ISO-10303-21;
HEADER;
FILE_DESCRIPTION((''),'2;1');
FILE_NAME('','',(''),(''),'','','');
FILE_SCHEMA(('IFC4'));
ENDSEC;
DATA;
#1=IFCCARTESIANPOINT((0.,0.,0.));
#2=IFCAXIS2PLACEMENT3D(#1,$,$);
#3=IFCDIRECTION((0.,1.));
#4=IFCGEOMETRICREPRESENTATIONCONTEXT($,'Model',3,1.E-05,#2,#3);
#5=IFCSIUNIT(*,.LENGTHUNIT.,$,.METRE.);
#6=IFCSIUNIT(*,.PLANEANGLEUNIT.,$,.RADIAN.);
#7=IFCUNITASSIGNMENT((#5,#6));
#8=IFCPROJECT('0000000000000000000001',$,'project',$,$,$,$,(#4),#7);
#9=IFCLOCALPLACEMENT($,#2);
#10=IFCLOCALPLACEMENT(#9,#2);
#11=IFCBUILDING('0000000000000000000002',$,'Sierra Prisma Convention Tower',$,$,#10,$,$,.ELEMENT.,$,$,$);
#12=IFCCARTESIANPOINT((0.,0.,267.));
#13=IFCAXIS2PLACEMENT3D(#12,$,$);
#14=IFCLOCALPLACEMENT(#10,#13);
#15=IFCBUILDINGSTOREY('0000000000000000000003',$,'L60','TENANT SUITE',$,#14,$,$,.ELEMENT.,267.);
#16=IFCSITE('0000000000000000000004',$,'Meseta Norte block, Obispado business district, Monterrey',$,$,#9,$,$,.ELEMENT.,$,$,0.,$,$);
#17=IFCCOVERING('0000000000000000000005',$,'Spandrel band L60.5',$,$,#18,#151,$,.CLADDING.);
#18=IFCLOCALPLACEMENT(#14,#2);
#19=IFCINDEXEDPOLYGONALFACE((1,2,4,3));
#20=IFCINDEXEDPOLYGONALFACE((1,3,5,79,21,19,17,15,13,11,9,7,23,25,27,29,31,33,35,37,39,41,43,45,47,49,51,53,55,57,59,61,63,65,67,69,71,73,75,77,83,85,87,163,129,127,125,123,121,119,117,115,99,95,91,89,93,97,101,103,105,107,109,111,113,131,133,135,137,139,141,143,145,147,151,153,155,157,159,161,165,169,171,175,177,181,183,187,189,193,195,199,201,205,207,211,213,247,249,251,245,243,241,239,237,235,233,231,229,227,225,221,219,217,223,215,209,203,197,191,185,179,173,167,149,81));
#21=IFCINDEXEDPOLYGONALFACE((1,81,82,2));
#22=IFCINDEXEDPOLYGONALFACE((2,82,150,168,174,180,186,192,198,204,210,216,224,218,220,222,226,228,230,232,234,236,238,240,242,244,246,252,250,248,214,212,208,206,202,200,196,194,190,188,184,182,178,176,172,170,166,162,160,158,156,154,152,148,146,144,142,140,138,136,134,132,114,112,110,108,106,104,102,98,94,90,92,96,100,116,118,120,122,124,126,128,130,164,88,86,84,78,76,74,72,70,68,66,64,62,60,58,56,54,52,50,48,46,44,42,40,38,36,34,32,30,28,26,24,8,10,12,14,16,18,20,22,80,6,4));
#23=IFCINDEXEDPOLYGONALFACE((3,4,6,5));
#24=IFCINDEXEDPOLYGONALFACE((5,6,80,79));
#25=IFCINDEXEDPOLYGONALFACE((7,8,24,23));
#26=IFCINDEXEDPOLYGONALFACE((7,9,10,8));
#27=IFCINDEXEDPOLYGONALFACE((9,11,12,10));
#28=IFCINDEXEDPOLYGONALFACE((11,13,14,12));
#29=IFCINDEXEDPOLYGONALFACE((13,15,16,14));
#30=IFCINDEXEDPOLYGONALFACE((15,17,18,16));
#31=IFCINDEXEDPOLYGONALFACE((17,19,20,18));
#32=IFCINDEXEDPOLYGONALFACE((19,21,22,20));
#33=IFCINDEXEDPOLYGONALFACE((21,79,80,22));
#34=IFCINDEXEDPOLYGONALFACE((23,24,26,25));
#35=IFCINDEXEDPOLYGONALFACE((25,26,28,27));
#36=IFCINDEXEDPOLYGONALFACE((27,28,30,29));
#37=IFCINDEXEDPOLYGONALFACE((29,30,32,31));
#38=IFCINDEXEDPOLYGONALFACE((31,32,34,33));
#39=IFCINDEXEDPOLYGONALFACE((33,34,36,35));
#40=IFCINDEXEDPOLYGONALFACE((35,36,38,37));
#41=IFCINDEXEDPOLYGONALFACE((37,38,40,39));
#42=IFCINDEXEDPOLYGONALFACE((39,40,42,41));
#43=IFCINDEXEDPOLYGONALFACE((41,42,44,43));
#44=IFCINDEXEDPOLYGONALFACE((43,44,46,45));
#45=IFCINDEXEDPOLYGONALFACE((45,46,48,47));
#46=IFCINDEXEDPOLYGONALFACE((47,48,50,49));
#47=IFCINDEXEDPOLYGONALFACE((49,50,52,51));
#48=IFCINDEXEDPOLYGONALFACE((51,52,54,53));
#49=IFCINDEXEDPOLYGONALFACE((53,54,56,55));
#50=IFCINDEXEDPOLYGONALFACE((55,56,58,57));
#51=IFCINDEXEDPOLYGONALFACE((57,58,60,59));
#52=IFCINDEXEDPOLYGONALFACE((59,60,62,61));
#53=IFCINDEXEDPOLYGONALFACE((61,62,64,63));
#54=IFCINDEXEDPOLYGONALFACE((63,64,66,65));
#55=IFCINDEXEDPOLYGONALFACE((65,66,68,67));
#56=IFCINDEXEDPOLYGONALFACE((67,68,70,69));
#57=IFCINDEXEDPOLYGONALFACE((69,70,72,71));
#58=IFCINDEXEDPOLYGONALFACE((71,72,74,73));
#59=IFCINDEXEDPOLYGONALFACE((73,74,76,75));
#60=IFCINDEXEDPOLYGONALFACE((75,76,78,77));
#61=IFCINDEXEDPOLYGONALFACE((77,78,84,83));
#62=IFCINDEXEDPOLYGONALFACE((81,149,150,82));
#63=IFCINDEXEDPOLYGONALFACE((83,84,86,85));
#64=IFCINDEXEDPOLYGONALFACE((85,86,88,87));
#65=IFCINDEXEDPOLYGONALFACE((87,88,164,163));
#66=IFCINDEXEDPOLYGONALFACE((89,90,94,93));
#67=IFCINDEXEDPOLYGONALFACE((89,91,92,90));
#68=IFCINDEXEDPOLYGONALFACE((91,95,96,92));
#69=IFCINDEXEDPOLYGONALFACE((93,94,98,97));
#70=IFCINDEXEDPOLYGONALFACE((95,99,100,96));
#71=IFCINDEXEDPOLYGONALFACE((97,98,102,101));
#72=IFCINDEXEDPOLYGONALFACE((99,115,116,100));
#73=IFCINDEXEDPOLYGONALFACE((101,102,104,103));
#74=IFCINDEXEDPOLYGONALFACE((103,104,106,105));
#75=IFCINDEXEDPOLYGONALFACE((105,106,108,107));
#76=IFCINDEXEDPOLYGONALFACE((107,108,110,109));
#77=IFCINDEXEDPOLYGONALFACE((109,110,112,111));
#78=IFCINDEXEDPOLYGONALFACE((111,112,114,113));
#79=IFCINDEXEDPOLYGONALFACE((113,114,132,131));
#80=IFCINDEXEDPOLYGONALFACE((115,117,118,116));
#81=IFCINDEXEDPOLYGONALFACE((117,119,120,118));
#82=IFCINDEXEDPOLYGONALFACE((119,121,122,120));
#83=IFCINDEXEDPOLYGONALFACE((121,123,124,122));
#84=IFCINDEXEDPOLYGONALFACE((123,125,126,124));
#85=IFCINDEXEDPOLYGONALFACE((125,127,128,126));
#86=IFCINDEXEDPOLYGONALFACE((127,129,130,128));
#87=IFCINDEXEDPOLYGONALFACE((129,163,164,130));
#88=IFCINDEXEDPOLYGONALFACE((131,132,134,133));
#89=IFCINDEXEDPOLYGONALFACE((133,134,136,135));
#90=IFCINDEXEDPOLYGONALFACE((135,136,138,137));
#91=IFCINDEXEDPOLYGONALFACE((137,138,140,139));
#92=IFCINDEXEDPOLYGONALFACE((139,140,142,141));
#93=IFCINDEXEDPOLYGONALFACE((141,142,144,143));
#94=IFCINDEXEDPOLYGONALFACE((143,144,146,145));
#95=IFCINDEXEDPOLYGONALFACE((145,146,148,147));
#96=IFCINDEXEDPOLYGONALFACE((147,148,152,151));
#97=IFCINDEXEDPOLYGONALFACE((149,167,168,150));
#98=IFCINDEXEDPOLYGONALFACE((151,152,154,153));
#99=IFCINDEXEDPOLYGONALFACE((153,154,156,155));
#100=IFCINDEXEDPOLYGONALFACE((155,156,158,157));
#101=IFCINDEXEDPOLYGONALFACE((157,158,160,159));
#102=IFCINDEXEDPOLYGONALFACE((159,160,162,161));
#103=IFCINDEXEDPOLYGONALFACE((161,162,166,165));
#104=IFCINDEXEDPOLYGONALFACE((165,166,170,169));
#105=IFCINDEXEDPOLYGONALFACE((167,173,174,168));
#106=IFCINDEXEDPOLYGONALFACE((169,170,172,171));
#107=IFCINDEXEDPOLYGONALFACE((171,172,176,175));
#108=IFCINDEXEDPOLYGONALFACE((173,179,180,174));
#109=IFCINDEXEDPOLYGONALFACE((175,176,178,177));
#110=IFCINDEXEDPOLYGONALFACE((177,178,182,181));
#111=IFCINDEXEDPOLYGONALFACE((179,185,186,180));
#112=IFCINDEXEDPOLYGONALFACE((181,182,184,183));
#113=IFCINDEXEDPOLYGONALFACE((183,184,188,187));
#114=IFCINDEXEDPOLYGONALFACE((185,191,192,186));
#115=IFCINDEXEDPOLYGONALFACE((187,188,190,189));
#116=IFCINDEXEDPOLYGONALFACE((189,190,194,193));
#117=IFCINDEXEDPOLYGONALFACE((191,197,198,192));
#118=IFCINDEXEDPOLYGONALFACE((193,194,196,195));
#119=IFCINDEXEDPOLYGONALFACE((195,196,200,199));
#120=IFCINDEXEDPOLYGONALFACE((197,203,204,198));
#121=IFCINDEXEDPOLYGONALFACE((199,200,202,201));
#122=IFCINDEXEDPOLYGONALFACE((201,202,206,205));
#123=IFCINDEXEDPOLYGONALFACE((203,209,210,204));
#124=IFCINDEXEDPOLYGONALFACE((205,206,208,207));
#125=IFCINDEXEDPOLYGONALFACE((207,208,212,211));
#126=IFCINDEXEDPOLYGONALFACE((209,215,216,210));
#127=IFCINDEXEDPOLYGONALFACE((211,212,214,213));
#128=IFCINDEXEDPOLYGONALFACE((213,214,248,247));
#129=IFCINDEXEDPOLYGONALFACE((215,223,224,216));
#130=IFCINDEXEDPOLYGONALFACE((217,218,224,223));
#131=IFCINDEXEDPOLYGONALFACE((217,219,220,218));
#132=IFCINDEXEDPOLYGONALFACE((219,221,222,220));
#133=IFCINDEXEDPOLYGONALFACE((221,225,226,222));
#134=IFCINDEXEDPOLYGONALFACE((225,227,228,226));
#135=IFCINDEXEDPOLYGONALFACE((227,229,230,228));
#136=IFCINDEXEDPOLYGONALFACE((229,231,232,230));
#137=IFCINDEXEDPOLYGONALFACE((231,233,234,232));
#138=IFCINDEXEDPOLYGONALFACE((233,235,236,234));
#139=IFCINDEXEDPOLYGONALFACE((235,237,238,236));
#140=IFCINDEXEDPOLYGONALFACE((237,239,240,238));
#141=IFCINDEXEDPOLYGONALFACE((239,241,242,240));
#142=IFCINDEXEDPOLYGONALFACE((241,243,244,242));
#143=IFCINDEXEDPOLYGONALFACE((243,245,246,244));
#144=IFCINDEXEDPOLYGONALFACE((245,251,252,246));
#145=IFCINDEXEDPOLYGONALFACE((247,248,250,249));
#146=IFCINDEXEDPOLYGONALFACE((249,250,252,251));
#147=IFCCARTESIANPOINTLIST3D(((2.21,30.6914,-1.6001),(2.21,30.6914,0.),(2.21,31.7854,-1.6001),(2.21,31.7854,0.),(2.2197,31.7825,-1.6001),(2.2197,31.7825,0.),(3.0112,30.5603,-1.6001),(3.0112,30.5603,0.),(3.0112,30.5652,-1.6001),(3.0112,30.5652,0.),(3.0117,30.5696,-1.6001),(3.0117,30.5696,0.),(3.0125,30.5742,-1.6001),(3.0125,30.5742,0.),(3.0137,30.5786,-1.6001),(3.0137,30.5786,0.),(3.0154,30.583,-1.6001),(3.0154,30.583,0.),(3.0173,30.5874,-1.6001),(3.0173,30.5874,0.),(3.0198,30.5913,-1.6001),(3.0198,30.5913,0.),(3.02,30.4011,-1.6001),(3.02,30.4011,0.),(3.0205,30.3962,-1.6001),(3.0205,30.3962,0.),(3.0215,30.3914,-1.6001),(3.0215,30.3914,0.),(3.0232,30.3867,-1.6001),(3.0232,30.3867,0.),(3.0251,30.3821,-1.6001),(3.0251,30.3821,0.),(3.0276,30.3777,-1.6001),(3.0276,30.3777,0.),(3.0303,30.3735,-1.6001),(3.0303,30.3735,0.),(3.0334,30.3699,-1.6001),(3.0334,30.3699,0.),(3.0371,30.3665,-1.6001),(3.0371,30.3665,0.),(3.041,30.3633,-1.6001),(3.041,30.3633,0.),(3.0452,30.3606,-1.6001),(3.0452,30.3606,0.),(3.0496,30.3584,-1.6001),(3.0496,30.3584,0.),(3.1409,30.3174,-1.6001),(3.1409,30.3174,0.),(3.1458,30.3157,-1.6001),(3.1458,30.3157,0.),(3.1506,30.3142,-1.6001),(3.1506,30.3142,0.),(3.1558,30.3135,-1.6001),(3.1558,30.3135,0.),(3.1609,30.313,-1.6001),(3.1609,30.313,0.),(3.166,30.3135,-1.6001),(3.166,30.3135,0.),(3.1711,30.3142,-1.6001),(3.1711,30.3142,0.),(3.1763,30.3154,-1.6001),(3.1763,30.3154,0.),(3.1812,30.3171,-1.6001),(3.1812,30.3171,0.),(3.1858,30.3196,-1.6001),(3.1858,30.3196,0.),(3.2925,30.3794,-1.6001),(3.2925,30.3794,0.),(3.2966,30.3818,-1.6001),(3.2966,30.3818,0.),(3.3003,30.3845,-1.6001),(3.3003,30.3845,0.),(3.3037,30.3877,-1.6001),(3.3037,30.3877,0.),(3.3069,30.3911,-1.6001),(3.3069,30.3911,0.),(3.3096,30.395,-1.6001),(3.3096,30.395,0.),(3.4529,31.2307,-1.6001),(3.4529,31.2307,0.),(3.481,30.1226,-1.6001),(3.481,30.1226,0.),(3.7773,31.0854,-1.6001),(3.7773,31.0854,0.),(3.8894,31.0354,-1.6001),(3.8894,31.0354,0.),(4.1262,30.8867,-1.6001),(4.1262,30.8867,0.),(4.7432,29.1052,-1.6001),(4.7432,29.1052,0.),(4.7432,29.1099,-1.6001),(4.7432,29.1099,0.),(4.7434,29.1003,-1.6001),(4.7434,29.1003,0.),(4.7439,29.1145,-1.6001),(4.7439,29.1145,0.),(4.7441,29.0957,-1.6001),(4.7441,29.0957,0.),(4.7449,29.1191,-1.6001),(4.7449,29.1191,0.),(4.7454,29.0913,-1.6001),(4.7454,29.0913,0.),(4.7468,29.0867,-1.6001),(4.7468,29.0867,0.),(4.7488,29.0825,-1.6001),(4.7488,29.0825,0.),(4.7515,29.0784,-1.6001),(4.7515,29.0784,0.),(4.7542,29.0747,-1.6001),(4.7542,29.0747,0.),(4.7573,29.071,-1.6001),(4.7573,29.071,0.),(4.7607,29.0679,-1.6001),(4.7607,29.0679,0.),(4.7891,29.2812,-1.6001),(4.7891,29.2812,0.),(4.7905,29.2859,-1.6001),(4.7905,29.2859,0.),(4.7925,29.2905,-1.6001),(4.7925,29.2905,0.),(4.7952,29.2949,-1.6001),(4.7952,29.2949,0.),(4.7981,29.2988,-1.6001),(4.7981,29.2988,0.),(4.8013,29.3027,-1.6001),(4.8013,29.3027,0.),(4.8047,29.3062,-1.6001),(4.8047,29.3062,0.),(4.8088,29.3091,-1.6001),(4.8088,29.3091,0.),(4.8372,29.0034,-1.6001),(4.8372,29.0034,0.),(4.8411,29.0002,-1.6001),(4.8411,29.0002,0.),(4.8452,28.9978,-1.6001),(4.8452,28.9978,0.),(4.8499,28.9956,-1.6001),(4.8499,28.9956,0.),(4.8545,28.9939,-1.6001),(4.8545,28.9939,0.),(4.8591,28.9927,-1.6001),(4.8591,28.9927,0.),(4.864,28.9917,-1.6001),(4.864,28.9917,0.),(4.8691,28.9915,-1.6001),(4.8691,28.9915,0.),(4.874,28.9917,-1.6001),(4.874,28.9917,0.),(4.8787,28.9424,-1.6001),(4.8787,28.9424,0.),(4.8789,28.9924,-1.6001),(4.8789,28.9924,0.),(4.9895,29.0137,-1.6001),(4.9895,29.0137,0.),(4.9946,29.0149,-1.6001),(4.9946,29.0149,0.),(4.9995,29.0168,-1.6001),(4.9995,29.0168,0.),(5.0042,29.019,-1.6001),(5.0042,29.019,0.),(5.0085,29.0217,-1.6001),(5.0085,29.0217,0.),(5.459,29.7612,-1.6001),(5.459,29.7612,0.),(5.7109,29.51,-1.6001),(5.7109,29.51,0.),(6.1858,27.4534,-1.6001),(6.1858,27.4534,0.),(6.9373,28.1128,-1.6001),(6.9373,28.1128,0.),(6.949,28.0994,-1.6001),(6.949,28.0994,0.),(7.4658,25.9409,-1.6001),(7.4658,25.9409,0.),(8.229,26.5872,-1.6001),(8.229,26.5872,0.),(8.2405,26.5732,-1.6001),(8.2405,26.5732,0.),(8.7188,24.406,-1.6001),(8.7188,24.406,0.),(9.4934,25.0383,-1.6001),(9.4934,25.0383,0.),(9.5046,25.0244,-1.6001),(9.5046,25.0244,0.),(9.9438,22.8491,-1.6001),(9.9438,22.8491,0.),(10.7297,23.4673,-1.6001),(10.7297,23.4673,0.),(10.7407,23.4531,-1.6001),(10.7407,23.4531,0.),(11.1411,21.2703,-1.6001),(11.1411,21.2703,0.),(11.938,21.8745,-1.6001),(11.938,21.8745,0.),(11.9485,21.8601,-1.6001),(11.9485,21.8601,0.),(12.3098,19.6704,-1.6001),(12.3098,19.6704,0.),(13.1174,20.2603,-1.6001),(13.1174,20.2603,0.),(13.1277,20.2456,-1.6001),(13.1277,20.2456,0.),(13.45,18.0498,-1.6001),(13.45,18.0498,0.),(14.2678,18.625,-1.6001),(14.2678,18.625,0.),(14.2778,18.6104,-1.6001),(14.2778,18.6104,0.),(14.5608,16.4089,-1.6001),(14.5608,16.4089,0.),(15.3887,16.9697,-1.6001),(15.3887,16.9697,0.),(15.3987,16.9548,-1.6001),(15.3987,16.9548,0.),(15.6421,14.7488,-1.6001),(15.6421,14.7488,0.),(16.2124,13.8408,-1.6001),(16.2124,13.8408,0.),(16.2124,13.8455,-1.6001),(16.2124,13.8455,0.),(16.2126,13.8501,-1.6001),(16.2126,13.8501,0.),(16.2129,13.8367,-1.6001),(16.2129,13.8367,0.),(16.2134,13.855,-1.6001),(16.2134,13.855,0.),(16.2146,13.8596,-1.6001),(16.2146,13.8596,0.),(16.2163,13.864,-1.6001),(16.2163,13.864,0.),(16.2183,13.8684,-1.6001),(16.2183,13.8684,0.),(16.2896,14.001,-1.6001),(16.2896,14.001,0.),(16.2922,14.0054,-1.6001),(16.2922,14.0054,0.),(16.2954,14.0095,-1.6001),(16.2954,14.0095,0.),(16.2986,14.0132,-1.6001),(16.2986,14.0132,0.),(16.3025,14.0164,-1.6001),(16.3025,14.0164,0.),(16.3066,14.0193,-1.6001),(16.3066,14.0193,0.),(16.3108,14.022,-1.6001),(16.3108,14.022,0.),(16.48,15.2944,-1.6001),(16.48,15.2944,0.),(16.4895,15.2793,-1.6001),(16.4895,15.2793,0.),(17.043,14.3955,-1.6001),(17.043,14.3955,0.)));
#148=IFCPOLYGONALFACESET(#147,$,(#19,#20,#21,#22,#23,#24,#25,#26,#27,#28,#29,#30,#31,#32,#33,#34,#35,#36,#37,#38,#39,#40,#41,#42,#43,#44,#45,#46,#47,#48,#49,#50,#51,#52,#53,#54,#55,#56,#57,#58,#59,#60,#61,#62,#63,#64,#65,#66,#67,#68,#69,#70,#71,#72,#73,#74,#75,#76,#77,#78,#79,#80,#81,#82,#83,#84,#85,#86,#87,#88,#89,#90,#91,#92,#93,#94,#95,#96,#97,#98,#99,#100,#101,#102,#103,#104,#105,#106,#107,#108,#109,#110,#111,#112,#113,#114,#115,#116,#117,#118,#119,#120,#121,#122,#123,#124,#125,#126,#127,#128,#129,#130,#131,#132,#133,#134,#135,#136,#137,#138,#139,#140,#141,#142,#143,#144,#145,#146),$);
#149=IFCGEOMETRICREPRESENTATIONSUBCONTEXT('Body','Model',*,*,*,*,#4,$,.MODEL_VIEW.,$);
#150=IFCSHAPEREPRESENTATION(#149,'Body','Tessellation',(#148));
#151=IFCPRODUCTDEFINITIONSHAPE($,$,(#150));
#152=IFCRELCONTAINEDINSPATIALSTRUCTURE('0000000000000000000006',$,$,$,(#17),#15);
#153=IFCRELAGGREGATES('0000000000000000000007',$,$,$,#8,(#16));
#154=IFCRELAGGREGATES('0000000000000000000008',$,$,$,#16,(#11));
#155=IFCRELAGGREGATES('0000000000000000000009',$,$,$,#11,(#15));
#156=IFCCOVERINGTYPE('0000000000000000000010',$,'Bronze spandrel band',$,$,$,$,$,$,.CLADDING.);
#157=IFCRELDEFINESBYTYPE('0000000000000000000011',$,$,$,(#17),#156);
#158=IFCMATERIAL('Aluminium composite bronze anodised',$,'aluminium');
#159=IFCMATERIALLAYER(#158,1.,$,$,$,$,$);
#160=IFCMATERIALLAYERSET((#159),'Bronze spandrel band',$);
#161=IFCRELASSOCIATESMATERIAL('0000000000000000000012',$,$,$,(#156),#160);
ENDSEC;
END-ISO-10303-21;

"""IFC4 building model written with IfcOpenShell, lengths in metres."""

from ifc_helpers import new_model, si_unit, direction, frame, origin, place, context, subcontext, project, spatial, polyline, outline, extrude, material, layer, layer_set, type_object, element, save


model = new_model("IFC4")

# Units and contexts
model_context = context("Model", 3, precision=1e-05, world=origin(), true_north=direction((0.0, 1.0)))
body_context = subcontext(model_context, "Body", "Model", "MODEL_VIEW")
ifc_project = project(units=[si_unit("LENGTHUNIT", "METRE"), si_unit("PLANEANGLEUNIT", "RADIAN")], contexts=[model_context])

# Site, building, storey
site_placement = place(None, origin())
site = spatial("IfcSite", under=ifc_project, at=site_placement, Name="Meseta Norte block, Obispado business district, Monterrey", CompositionType="ELEMENT", RefElevation=0.0)
building_placement = place(site_placement, origin())
building = spatial("IfcBuilding", under=site, at=building_placement, Name="Sierra Prisma Convention Tower", CompositionType="ELEMENT")
storey_placement = place(building_placement, frame((0.0, 0.0, 267.0)))
storey = spatial("IfcBuildingStorey", under=building, at=storey_placement, Name="L60", Description="TENANT SUITE", CompositionType="ELEMENT", Elevation=267.0)

# Covering
ifc_material_1 = material(Name="Aluminium composite bronze anodised", Category="aluminium")
ifc_layer_1 = layer(ifc_material_1, 1.0)
ifc_layer_set_1 = layer_set([ifc_layer_1], Name="Bronze spandrel band")
covering_type_1 = type_object("IfcCoveringType", Name="Bronze spandrel band", PredefinedType="CLADDING", material=ifc_layer_set_1)
covering_1_placement = place(storey_placement, frame((0.0, 0.0, -1.6001)))
element("IfcCovering", 1, at=covering_1_placement, inside=storey, type_object=covering_type_1, Name="Spandrel band L60.5", PredefinedType="CLADDING", context=body_context, shape_type="SweptSolid", body=[
    extrude(outline(polyline([(3.0198, 30.5913), (3.0173, 30.5874), (3.0154, 30.583), (3.0137, 30.5786), (3.0125, 30.5742), (3.0117, 30.5696), (3.0112, 30.5652), (3.0112, 30.5603), (3.02, 30.4011), (3.0205, 30.3962), (3.0215, 30.3914), (3.0232, 30.3867), (3.0251, 30.3821), (3.0276, 30.3777), (3.0303, 30.3735), (3.0334, 30.3699), (3.0371, 30.3665), (3.041, 30.3633), (3.0452, 30.3606), (3.0496, 30.3584), (3.1409, 30.3174), (3.1458, 30.3157), (3.1506, 30.3142), (3.1558, 30.3135), (3.1609, 30.313), (3.166, 30.3135), (3.1711, 30.3142), (3.1763, 30.3154), (3.1812, 30.3171), (3.1858, 30.3196), (3.2925, 30.3794), (3.2966, 30.3818), (3.3003, 30.3845), (3.3037, 30.3877), (3.3069, 30.3911), (3.3096, 30.395), (3.7773, 31.0854), (3.8894, 31.0354), (4.1262, 30.8867), (5.459, 29.7612), (4.8088, 29.3091), (4.8047, 29.3062), (4.8013, 29.3027), (4.7981, 29.2988), (4.7952, 29.2949), (4.7925, 29.2905), (4.7905, 29.2859), (4.7891, 29.2812), (4.7449, 29.1191), (4.7439, 29.1145), (4.7432, 29.1099), (4.7432, 29.1052), (4.7434, 29.1003), (4.7441, 29.0957), (4.7454, 29.0913), (4.7468, 29.0867), (4.7488, 29.0825), (4.7515, 29.0784), (4.7542, 29.0747), (4.7573, 29.071), (4.7607, 29.0679), (4.8372, 29.0034), (4.8411, 29.0002), (4.8452, 28.9978), (4.8499, 28.9956), (4.8545, 28.9939), (4.8591, 28.9927), (4.864, 28.9917), (4.8691, 28.9915), (4.874, 28.9917), (4.8789, 28.9924), (4.9895, 29.0137), (4.9946, 29.0149), (4.9995, 29.0168), (5.0042, 29.019), (5.0085, 29.0217), (5.7109, 29.51), (6.9373, 28.1128), (6.949, 28.0994), (8.229, 26.5872), (8.2405, 26.5732), (9.4934, 25.0383), (9.5046, 25.0244), (10.7297, 23.4673), (10.7407, 23.4531), (11.938, 21.8745), (11.9485, 21.8601), (13.1174, 20.2603), (13.1277, 20.2456), (14.2678, 18.625), (14.2778, 18.6104), (15.3887, 16.9697), (15.3987, 16.9548), (16.48, 15.2944), (16.4895, 15.2793), (17.043, 14.3955), (16.3108, 14.022), (16.3066, 14.0193), (16.3025, 14.0164), (16.2986, 14.0132), (16.2954, 14.0095), (16.2922, 14.0054), (16.2896, 14.001), (16.2183, 13.8684), (16.2163, 13.864), (16.2146, 13.8596), (16.2134, 13.855), (16.2126, 13.8501), (16.2124, 13.8455), (16.2124, 13.8408), (16.2129, 13.8367), (15.6421, 14.7488), (14.5608, 16.4089), (13.45, 18.0498), (12.3098, 19.6704), (11.1411, 21.2703), (9.9438, 22.8491), (8.7188, 24.406), (7.4658, 25.9409), (6.1858, 27.4534), (4.8787, 28.9424), (3.481, 30.1226), (2.21, 30.6914), (2.21, 31.7854), (2.2197, 31.7825), (3.4529, 31.2307), (3.0198, 30.5913)])), origin(), (0.0, 0.0, 1.0), 1.6001),
])

save(model, "model.ifc")
